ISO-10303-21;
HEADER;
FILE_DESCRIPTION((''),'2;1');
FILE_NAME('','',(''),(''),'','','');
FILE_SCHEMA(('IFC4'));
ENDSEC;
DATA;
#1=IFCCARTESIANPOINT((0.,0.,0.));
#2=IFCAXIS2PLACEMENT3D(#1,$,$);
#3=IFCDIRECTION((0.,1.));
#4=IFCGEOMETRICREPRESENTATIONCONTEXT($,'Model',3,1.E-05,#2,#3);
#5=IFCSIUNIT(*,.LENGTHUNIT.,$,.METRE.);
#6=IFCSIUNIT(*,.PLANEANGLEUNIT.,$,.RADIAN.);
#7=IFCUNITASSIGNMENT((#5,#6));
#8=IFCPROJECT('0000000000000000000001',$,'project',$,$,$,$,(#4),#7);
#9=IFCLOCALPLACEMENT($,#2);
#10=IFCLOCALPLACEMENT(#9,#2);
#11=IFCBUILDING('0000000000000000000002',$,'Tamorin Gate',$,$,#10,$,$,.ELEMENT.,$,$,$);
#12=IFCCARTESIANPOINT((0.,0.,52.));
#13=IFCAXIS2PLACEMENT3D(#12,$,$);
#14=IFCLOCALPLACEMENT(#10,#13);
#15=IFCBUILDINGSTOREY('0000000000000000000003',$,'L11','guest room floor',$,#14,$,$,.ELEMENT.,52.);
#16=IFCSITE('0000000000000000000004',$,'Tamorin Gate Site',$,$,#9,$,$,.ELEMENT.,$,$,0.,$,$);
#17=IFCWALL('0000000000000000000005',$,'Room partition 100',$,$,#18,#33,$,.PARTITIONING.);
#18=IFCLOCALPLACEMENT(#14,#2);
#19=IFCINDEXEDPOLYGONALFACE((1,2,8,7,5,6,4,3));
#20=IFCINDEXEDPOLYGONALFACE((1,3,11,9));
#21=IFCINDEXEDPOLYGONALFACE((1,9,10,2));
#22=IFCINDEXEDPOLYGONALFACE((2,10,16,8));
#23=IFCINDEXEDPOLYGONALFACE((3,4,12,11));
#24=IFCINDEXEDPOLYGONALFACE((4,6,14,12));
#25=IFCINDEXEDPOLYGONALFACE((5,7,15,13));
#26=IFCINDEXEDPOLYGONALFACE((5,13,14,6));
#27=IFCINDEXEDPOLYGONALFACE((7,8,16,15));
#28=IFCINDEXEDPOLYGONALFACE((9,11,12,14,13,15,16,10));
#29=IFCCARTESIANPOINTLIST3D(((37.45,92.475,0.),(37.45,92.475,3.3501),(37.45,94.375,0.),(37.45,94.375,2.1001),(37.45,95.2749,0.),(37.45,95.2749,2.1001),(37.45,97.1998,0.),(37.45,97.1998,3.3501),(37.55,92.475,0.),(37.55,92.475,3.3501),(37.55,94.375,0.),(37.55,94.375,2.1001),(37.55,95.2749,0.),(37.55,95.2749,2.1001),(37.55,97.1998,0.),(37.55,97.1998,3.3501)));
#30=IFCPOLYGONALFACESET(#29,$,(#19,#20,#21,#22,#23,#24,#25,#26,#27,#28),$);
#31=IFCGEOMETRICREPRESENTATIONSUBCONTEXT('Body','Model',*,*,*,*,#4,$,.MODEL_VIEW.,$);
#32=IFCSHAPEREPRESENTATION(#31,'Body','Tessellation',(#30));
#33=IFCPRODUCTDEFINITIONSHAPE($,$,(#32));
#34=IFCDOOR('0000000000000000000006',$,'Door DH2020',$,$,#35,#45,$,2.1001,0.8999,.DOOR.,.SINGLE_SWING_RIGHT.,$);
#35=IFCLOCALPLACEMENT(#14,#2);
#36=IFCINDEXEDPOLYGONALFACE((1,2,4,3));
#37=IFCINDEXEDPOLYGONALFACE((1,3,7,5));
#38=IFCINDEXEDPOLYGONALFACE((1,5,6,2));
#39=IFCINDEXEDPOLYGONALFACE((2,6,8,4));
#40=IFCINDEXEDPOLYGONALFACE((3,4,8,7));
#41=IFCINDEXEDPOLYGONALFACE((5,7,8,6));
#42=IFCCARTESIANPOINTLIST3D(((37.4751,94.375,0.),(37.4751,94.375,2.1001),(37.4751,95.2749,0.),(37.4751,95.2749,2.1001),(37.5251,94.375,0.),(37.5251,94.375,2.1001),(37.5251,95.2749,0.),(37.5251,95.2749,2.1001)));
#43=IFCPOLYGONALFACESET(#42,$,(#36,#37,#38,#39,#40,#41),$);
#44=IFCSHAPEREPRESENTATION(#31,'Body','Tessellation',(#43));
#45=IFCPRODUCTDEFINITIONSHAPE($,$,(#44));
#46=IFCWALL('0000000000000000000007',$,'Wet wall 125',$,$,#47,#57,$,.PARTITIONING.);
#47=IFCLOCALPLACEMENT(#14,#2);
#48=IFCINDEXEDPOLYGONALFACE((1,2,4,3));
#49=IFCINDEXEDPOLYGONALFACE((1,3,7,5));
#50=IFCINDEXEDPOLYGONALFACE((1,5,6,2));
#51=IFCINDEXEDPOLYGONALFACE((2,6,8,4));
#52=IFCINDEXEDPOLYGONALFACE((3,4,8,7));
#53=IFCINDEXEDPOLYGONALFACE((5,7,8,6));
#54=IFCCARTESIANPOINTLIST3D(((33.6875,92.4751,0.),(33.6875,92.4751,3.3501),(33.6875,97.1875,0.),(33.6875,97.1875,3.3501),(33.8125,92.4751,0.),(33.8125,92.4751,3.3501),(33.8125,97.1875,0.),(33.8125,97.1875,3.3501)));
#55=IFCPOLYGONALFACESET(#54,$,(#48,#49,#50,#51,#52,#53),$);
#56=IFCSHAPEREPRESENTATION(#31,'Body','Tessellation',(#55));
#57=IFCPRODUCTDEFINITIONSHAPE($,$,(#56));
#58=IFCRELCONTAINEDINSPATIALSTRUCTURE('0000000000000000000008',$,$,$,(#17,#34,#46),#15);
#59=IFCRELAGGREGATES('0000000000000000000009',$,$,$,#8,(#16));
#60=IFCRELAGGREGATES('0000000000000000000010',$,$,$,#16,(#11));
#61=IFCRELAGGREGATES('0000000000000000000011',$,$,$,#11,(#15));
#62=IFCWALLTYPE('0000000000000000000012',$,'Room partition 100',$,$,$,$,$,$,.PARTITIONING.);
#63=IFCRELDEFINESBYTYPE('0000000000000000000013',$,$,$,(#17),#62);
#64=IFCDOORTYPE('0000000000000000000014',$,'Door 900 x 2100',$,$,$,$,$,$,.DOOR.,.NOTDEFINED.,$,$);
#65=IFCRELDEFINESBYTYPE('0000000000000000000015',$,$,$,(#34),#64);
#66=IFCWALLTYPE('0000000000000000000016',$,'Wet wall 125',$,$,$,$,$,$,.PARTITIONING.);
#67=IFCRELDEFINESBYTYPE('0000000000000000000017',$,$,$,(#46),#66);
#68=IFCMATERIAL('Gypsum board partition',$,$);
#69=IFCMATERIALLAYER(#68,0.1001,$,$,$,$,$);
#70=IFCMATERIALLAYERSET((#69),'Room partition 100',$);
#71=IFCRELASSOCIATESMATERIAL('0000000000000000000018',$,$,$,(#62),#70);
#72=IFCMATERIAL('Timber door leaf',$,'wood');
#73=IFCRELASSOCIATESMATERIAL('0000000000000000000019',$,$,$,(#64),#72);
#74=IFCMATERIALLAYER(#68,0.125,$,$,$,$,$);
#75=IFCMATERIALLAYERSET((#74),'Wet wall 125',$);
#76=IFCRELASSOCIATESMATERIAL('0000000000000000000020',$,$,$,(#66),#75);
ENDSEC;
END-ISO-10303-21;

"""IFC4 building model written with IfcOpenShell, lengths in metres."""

from ifc_helpers import new_model, si_unit, direction, frame, frame_2d, origin, place, context, subcontext, project, spatial, rectangle, extrude, material, layer, layer_set, type_object, element, fill, save


model = new_model("IFC4")

# Units and contexts
model_context = context("Model", 3, precision=1e-05, world=origin(), true_north=direction((0.0, 1.0)))
body_context = subcontext(model_context, "Body", "Model", "MODEL_VIEW")
ifc_project = project(units=[si_unit("LENGTHUNIT", "METRE"), si_unit("PLANEANGLEUNIT", "RADIAN")], contexts=[model_context])

# Site, building, storey
site_placement = place(None, origin())
site = spatial("IfcSite", under=ifc_project, at=site_placement, Name="Tamorin Gate Site", CompositionType="ELEMENT", RefElevation=0.0)
building_placement = place(site_placement, origin())
building = spatial("IfcBuilding", under=site, at=building_placement, Name="Tamorin Gate", CompositionType="ELEMENT")
storey_placement = place(building_placement, frame((0.0, 0.0, 52.0)))
storey = spatial("IfcBuildingStorey", under=building, at=storey_placement, Name="L11", Description="guest room floor", CompositionType="ELEMENT", Elevation=52.0)

# Shared definitions
ifc_material_1 = material(Name="Gypsum board partition")
ifc_material_2 = material(Name="Timber door leaf", Category="wood")

# Wall, opening, door
ifc_layer_1 = layer(ifc_material_1, 0.1001)
ifc_layer_set_1 = layer_set([ifc_layer_1], Name="Room partition 100")
wall_type_1 = type_object("IfcWallType", Name="Room partition 100", PredefinedType="PARTITIONING", material=ifc_layer_set_1)
wall_1_placement = place(storey_placement, frame((37.5, 92.4751, 0.0), z_axis=(0.0, 0.0, 1.0), x_axis=(0.0, 1.0, 0.0)))
wall_1 = element("IfcWall", 1, at=wall_1_placement, inside=storey, type_object=wall_type_1, Name="Room partition 100", PredefinedType="PARTITIONING", context=body_context, shape_type="SweptSolid", body=[
    extrude(rectangle(XDim=4.7249, YDim=0.1001, at=frame_2d((2.3623, 0.0))), origin(), (0.0, 0.0, 1.0), 3.3501),
])
opening_1_placement = place(wall_1_placement, frame((1.8999, 0.0, 0.0)))
opening_1 = element("IfcOpeningElement", 2, at=opening_1_placement, cuts=wall_1, PredefinedType="OPENING", context=body_context, shape_type="SweptSolid", body=[
    extrude(rectangle(XDim=0.8999, YDim=2.1001, at=frame_2d((0.45, 1.05))), frame((0.0, 0.0601, 0.0), z_axis=(0.0, -1.0, 0.0), x_axis=(1.0, 0.0, 0.0)), (0.0, 0.0, 1.0), 0.1201),
])
door_type_1 = type_object("IfcDoorType", Name="Door 900 x 2100", OperationType="NOTDEFINED", PredefinedType="DOOR", material=ifc_material_2)
door_1_placement = place(opening_1_placement, origin())
door_1 = element("IfcDoor", 3, at=door_1_placement, inside=storey, type_object=door_type_1, Name="Door DH2020", OperationType="SINGLE_SWING_RIGHT", OverallHeight=2.1001, OverallWidth=0.8999, PredefinedType="DOOR", context=body_context, shape_type="SweptSolid", body=[
    extrude(rectangle(XDim=0.8999, YDim=2.1001, at=frame_2d((0.45, 1.05))), frame((0.0, 0.0249, 0.0), z_axis=(0.0, -1.0, 0.0), x_axis=(1.0, 0.0, 0.0)), (0.0, 0.0, 1.0), 0.05),
])
fill(opening_1, door_1)

# Wall
ifc_layer_2 = layer(ifc_material_1, 0.125)
ifc_layer_set_2 = layer_set([ifc_layer_2], Name="Wet wall 125")
wall_type_2 = type_object("IfcWallType", Name="Wet wall 125", PredefinedType="PARTITIONING", material=ifc_layer_set_2)
wall_2_placement = place(storey_placement, frame((33.75, 92.4751, 0.0), z_axis=(0.0, 0.0, 1.0), x_axis=(0.0, 1.0, 0.0)))
element("IfcWall", 4, at=wall_2_placement, inside=storey, type_object=wall_type_2, Name="Wet wall 125", PredefinedType="PARTITIONING", context=body_context, shape_type="SweptSolid", body=[
    extrude(rectangle(XDim=4.7124, YDim=0.125, at=frame_2d((2.3562, 0.0))), origin(), (0.0, 0.0, 1.0), 3.3501),
])

save(model, "model.ifc")
